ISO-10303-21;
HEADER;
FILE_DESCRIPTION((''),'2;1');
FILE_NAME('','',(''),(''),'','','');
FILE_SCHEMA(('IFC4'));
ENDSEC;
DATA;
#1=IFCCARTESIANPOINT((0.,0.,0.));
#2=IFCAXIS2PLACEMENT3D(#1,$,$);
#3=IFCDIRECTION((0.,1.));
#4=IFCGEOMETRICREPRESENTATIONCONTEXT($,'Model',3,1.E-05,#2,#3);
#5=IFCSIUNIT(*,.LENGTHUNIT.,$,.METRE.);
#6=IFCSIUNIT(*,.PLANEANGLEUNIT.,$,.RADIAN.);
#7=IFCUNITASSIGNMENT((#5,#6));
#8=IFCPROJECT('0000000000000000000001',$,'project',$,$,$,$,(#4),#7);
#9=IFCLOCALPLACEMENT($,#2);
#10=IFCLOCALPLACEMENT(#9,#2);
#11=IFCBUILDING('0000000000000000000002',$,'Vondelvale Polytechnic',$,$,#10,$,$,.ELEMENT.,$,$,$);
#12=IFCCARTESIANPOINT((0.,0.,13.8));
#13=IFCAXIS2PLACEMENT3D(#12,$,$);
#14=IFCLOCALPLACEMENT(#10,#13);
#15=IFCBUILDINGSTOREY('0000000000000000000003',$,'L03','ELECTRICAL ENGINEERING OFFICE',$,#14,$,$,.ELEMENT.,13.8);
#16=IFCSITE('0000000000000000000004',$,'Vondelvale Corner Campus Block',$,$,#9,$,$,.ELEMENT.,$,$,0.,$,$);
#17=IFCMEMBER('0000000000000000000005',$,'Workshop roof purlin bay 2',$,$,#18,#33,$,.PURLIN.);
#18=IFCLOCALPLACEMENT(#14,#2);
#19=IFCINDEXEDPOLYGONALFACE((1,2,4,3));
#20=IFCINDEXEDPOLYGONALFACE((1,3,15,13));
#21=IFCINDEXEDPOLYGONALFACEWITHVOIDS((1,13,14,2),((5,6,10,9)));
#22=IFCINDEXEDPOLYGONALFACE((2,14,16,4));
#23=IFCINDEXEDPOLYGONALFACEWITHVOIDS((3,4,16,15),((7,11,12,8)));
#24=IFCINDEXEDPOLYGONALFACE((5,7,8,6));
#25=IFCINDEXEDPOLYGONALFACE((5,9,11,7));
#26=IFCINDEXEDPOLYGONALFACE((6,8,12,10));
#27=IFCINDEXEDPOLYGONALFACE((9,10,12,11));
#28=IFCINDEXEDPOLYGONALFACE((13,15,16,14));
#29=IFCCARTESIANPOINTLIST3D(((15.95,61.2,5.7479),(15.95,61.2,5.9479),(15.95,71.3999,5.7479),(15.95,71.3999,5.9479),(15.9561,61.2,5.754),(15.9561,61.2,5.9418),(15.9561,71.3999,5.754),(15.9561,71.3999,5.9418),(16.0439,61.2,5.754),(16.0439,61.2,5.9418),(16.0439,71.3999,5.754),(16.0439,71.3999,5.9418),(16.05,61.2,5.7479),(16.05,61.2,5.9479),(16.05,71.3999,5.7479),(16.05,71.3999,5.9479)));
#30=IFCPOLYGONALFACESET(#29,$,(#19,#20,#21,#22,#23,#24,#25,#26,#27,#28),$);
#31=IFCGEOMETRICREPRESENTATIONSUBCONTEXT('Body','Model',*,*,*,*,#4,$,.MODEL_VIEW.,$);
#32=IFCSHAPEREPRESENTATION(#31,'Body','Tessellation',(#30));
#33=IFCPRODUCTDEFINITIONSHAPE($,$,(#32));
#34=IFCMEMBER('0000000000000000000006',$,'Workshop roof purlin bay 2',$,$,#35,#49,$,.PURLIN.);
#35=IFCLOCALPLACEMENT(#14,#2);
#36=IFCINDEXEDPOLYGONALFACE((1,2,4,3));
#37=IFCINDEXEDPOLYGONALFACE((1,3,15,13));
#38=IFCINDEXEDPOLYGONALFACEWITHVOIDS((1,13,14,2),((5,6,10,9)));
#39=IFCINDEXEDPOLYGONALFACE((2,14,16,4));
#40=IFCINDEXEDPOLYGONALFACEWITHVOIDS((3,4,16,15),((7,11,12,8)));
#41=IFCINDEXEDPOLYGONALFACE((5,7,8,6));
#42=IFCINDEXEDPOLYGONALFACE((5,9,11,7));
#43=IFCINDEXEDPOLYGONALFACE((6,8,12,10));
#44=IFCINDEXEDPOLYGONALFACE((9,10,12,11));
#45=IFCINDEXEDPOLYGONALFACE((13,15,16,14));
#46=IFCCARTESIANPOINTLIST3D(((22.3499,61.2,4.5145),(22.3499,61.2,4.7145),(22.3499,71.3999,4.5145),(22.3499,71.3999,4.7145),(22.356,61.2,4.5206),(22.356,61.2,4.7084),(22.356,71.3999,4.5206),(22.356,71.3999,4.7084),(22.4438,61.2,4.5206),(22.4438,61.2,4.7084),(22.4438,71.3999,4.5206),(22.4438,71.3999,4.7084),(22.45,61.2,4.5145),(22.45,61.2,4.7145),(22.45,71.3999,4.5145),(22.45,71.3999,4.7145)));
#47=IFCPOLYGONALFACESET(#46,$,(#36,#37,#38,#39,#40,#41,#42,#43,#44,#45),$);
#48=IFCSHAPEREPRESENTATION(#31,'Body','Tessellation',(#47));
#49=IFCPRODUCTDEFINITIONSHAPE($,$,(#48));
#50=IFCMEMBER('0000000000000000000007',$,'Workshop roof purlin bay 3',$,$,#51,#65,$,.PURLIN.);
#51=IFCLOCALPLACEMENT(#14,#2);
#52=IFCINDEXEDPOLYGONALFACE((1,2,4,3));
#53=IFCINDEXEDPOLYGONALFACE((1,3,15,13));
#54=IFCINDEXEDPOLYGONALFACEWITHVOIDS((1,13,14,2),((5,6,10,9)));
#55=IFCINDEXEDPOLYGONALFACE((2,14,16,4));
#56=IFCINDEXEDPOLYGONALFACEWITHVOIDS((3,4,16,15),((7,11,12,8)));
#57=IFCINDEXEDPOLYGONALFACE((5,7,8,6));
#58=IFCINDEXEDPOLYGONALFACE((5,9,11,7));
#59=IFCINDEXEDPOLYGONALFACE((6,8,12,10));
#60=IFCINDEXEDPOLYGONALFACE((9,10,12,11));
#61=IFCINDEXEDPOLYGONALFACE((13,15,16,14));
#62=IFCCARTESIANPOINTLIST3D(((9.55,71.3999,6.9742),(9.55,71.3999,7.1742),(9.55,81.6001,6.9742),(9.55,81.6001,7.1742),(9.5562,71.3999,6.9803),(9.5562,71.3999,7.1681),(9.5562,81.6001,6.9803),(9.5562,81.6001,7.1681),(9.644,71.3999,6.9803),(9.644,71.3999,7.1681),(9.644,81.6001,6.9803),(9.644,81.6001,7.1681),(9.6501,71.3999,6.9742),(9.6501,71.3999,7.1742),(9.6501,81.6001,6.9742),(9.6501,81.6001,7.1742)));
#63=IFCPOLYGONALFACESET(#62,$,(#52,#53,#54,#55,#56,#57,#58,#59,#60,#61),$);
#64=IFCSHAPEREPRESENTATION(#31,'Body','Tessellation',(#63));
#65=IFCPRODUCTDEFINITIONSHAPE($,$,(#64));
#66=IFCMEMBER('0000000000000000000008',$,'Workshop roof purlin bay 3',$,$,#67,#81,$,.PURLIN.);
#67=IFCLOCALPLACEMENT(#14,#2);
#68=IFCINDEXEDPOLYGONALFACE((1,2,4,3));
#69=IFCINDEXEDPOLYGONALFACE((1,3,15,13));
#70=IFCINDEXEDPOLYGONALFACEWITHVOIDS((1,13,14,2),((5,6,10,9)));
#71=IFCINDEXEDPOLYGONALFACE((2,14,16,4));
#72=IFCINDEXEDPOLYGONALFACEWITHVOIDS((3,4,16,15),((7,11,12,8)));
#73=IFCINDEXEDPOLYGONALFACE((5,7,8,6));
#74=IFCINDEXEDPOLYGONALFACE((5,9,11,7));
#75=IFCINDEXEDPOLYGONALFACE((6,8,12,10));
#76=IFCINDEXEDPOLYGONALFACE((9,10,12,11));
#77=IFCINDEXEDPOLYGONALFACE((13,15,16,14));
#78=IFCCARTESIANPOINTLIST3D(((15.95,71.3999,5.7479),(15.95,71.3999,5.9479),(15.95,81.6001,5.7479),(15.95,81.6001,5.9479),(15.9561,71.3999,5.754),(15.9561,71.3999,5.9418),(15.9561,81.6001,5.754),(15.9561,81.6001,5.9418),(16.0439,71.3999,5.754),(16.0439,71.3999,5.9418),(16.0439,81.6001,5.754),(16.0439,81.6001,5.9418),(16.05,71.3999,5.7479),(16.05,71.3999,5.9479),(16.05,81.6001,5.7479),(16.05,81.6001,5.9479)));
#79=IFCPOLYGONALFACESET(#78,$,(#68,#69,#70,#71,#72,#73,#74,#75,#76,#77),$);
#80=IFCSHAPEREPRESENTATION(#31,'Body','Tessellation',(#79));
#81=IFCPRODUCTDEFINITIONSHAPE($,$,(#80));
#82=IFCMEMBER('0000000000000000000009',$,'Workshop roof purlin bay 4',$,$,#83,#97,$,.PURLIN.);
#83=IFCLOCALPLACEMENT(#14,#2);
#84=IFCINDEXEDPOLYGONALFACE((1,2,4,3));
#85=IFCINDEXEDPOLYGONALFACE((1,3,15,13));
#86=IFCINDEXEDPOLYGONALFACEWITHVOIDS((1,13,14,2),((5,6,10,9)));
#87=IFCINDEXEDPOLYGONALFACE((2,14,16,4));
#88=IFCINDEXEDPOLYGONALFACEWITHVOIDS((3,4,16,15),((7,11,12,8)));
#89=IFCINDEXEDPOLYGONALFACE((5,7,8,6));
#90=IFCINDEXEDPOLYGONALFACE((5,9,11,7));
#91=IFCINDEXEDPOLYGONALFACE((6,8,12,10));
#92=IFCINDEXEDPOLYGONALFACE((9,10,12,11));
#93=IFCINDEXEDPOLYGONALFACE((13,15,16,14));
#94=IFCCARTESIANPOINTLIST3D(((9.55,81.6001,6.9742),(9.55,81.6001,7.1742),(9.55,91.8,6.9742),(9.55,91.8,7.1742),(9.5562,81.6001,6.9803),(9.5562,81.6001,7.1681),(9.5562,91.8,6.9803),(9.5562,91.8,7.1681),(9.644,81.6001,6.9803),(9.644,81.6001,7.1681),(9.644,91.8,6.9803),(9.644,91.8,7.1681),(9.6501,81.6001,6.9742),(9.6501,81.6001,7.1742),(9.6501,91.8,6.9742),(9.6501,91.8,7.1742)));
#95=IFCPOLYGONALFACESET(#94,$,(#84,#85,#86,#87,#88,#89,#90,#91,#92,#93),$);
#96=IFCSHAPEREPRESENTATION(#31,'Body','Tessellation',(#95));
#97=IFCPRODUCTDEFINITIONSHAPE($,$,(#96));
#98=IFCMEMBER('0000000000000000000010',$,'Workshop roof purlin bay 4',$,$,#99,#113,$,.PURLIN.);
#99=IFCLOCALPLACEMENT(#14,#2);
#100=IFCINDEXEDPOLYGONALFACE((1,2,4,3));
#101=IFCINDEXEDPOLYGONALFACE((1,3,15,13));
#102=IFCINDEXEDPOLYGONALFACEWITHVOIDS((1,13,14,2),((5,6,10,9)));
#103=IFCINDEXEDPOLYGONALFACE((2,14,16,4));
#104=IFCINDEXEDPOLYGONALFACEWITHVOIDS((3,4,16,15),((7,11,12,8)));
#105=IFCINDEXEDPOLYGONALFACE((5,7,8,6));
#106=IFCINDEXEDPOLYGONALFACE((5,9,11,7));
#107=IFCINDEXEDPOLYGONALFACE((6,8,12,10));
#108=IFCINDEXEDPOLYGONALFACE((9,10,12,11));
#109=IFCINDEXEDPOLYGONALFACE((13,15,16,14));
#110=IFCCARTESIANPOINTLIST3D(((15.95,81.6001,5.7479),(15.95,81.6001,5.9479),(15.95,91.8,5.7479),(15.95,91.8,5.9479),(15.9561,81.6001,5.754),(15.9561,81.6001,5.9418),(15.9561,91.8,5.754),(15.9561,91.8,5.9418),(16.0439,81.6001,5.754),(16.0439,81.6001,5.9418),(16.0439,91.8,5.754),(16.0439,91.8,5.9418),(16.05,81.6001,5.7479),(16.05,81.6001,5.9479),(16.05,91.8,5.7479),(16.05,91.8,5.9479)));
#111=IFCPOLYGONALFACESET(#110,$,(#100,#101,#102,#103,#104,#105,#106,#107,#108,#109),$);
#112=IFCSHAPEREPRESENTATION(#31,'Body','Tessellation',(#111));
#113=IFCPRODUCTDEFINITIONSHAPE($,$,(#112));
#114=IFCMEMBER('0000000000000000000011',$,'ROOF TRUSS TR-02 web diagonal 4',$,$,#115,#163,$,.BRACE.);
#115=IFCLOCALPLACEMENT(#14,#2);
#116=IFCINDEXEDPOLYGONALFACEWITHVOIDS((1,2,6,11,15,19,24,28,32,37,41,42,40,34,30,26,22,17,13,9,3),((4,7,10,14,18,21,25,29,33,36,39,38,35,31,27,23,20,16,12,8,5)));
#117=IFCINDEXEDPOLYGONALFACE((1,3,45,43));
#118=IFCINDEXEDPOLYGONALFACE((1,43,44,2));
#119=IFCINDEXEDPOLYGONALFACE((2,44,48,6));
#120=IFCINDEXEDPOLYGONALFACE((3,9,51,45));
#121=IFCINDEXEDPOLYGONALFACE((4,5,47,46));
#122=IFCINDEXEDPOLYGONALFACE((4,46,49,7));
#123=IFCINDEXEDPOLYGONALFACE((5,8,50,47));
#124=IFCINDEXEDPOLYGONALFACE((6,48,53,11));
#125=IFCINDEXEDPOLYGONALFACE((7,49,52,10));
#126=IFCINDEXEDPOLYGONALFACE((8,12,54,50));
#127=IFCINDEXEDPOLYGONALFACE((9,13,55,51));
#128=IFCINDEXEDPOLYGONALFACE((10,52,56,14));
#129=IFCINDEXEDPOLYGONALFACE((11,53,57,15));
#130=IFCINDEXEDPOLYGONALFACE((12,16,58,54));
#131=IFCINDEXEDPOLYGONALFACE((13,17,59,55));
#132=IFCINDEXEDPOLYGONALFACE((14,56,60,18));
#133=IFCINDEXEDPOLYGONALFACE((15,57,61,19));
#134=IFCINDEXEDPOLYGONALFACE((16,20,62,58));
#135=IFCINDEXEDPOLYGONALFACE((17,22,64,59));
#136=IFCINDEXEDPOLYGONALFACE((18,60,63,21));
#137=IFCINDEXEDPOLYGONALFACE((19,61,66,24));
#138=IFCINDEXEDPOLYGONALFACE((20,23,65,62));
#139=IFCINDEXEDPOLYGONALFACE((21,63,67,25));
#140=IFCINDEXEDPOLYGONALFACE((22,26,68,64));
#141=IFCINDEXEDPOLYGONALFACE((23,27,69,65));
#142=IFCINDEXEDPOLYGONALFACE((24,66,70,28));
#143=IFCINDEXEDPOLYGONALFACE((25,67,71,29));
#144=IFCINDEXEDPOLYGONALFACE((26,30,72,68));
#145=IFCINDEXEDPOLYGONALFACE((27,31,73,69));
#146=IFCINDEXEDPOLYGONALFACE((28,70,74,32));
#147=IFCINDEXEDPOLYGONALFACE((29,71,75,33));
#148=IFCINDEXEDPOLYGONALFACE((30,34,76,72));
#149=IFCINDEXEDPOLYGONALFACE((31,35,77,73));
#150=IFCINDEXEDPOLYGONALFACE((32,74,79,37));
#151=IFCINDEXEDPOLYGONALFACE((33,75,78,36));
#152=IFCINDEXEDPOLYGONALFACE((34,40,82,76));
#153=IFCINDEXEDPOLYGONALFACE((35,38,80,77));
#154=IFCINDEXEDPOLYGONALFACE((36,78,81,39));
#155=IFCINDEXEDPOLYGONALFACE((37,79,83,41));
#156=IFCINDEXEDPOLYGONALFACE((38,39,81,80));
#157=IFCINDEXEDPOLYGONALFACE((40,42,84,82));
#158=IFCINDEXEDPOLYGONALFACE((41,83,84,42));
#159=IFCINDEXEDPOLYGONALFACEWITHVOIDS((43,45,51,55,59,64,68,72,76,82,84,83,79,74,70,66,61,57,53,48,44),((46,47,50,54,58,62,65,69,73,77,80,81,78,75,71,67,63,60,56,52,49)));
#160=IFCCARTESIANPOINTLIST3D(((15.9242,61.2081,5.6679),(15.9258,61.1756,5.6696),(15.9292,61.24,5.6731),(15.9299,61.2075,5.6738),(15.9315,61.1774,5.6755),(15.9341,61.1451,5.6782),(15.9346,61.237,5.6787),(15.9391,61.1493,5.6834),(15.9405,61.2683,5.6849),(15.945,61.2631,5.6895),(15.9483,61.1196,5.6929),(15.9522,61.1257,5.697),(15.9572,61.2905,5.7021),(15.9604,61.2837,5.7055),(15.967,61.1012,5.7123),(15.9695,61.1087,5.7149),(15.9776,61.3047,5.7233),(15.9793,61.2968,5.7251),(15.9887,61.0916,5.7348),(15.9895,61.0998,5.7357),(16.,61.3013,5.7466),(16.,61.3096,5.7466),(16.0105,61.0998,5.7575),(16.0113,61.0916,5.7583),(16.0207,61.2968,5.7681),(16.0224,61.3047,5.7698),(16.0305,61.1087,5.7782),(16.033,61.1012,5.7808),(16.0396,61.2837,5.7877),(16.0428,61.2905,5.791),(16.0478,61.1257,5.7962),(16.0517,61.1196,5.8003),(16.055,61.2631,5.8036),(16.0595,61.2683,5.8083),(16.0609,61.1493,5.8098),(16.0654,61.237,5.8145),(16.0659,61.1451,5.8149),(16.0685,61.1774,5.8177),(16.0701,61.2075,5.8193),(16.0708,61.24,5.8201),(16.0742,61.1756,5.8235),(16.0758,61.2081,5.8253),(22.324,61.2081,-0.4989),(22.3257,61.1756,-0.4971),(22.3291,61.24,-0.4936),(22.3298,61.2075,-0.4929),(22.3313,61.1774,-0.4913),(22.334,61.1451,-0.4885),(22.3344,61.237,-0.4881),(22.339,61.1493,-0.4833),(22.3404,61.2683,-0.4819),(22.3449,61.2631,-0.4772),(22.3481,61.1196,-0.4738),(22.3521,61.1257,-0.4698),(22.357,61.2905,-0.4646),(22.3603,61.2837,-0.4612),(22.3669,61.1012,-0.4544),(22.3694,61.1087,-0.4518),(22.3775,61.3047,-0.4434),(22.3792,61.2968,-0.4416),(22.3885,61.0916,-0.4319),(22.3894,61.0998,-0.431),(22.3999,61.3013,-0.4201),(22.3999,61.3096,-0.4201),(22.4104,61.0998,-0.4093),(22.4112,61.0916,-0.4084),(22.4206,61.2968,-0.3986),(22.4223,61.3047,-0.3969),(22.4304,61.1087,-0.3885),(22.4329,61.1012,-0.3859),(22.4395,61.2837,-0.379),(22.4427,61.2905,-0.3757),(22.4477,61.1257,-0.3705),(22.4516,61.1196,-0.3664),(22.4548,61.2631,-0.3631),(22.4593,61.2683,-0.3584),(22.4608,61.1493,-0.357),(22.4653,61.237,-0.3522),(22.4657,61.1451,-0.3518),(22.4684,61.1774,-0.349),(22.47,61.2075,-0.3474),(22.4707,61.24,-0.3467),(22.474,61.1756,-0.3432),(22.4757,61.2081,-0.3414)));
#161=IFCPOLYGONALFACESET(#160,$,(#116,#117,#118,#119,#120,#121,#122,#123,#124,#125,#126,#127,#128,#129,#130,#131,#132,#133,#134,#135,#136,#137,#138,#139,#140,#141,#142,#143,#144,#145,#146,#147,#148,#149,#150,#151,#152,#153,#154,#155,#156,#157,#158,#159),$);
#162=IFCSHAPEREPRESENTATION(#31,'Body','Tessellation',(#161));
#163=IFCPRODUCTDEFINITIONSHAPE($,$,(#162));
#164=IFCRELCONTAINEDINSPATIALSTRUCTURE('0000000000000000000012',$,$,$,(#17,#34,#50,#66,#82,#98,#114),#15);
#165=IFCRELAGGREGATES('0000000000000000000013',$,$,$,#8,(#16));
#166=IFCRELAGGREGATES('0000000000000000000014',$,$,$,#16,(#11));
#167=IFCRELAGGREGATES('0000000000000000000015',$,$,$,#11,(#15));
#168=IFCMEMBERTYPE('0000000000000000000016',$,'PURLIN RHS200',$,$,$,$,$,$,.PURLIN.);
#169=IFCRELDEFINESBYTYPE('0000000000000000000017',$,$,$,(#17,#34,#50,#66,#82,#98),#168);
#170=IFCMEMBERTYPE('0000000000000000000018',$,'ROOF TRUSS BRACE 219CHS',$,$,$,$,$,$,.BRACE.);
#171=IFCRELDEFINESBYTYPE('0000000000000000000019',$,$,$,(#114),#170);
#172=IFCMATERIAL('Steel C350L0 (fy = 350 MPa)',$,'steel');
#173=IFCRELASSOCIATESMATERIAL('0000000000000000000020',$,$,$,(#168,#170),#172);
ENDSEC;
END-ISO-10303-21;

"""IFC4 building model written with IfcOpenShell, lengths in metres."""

from ifc_helpers import new_model, si_unit, direction, frame, origin, origin_2d, place, context, subcontext, project, spatial, hollow_rectangle, hollow_circle, extrude, material, material_profile, profile_set, type_object, element, save


model = new_model("IFC4")

# Units and contexts
model_context = context("Model", 3, precision=1e-05, world=origin(), true_north=direction((0.0, 1.0)))
body_context = subcontext(model_context, "Body", "Model", "MODEL_VIEW")
ifc_project = project(units=[si_unit("LENGTHUNIT", "METRE"), si_unit("PLANEANGLEUNIT", "RADIAN")], contexts=[model_context])

# Site, building, storey
site_placement = place(None, origin())
site = spatial("IfcSite", under=ifc_project, at=site_placement, Name="Vondelvale Corner Campus Block", CompositionType="ELEMENT", RefElevation=0.0)
building_placement = place(site_placement, origin())
building = spatial("IfcBuilding", under=site, at=building_placement, Name="Vondelvale Polytechnic", CompositionType="ELEMENT")
storey_placement = place(building_placement, frame((0.0, 0.0, 13.8)))
storey = spatial("IfcBuildingStorey", under=building, at=storey_placement, Name="L03", Description="ELECTRICAL ENGINEERING OFFICE", CompositionType="ELEMENT", Elevation=13.8)

# Members
ifc_material_1 = material(Name="Steel C350L0 (fy = 350 MPa)", Category="steel")
ifc_material_profile_1 = material_profile(ifc_material_1, hollow_rectangle(XDim=0.1001, YDim=0.2, WallThickness=0.0061, at=origin_2d()), Name="200x100x6.0RHS")
ifc_profile_set_1 = profile_set([ifc_material_profile_1], Name="Steel C350L0 (fy = 350 MPa)")
member_type_1 = type_object("IfcMemberType", Name="PURLIN RHS200", PredefinedType="PURLIN", material=ifc_profile_set_1)
for number, where, z_axis, x_axis, name in (
    (1, (16.0, 61.2, 5.8479), (0.0, 1.0, 0.0), (-1.0, 0.0, 0.0), "Workshop roof purlin bay 2"),
    (2, (22.3999, 61.2, 4.6145), (0.0, 1.0, 0.0), (-1.0, 0.0, 0.0), "Workshop roof purlin bay 2"),
):
    element("IfcMember", number, at=place(storey_placement, frame(where, z_axis=z_axis, x_axis=x_axis)), inside=storey, type_object=member_type_1, Name=name, PredefinedType="PURLIN", context=body_context, shape_type="SweptSolid", body=[
        extrude(hollow_rectangle(XDim=0.1001, YDim=0.2, WallThickness=0.0061, at=origin_2d()), origin(), (0.0, 0.0, 1.0), 10.2),
    ])
for number, where, z_axis, x_axis, name in (
    (3, (9.6001, 71.3999, 7.0742), (0.0, 1.0, 0.0), (-1.0, 0.0, 0.0), "Workshop roof purlin bay 3"),
    (4, (16.0, 71.3999, 5.8479), (0.0, 1.0, 0.0), (-1.0, 0.0, 0.0), "Workshop roof purlin bay 3"),
):
    element("IfcMember", number, at=place(storey_placement, frame(where, z_axis=z_axis, x_axis=x_axis)), inside=storey, type_object=member_type_1, Name=name, PredefinedType="PURLIN", context=body_context, shape_type="SweptSolid", body=[
        extrude(hollow_rectangle(XDim=0.1001, YDim=0.2, WallThickness=0.0061, at=origin_2d()), origin(), (0.0, 0.0, 1.0), 10.2002),
    ])
for number, where, z_axis, x_axis, name in (
    (5, (9.6001, 81.6001, 7.0742), (0.0, 1.0, 0.0), (-1.0, 0.0, 0.0), "Workshop roof purlin bay 4"),
    (6, (16.0, 81.6001, 5.8479), (0.0, 1.0, 0.0), (-1.0, 0.0, 0.0), "Workshop roof purlin bay 4"),
):
    element("IfcMember", number, at=place(storey_placement, frame(where, z_axis=z_axis, x_axis=x_axis)), inside=storey, type_object=member_type_1, Name=name, PredefinedType="PURLIN", context=body_context, shape_type="SweptSolid", body=[
        extrude(hollow_rectangle(XDim=0.1001, YDim=0.2, WallThickness=0.0061, at=origin_2d()), origin(), (0.0, 0.0, 1.0), 10.2),
    ])
ifc_material_profile_2 = material_profile(ifc_material_1, hollow_circle(Radius=0.1096, WallThickness=0.0083, at=origin_2d()), Name="219.1x8.2CHS")
ifc_profile_set_2 = profile_set([ifc_material_profile_2], Name="Steel C350L0 (fy = 350 MPa)")
member_type_2 = type_object("IfcMemberType", Name="ROOF TRUSS BRACE 219CHS", PredefinedType="BRACE", material=ifc_profile_set_2)
member_1_placement = place(storey_placement, frame((16.0, 61.2, 5.7466), z_axis=(0.720102, 0.0, -0.693868), x_axis=(0.0, 1.0, 0.0)))
element("IfcMember", 7, at=member_1_placement, inside=storey, type_object=member_type_2, Name="ROOF TRUSS TR-02 web diagonal 4", PredefinedType="BRACE", context=body_context, shape_type="SweptSolid", body=[
    extrude(hollow_circle(Radius=0.1096, WallThickness=0.0083, at=origin_2d()), origin(), (0.0, 0.0, 1.0), 8.8875),
])

save(model, "model.ifc")
